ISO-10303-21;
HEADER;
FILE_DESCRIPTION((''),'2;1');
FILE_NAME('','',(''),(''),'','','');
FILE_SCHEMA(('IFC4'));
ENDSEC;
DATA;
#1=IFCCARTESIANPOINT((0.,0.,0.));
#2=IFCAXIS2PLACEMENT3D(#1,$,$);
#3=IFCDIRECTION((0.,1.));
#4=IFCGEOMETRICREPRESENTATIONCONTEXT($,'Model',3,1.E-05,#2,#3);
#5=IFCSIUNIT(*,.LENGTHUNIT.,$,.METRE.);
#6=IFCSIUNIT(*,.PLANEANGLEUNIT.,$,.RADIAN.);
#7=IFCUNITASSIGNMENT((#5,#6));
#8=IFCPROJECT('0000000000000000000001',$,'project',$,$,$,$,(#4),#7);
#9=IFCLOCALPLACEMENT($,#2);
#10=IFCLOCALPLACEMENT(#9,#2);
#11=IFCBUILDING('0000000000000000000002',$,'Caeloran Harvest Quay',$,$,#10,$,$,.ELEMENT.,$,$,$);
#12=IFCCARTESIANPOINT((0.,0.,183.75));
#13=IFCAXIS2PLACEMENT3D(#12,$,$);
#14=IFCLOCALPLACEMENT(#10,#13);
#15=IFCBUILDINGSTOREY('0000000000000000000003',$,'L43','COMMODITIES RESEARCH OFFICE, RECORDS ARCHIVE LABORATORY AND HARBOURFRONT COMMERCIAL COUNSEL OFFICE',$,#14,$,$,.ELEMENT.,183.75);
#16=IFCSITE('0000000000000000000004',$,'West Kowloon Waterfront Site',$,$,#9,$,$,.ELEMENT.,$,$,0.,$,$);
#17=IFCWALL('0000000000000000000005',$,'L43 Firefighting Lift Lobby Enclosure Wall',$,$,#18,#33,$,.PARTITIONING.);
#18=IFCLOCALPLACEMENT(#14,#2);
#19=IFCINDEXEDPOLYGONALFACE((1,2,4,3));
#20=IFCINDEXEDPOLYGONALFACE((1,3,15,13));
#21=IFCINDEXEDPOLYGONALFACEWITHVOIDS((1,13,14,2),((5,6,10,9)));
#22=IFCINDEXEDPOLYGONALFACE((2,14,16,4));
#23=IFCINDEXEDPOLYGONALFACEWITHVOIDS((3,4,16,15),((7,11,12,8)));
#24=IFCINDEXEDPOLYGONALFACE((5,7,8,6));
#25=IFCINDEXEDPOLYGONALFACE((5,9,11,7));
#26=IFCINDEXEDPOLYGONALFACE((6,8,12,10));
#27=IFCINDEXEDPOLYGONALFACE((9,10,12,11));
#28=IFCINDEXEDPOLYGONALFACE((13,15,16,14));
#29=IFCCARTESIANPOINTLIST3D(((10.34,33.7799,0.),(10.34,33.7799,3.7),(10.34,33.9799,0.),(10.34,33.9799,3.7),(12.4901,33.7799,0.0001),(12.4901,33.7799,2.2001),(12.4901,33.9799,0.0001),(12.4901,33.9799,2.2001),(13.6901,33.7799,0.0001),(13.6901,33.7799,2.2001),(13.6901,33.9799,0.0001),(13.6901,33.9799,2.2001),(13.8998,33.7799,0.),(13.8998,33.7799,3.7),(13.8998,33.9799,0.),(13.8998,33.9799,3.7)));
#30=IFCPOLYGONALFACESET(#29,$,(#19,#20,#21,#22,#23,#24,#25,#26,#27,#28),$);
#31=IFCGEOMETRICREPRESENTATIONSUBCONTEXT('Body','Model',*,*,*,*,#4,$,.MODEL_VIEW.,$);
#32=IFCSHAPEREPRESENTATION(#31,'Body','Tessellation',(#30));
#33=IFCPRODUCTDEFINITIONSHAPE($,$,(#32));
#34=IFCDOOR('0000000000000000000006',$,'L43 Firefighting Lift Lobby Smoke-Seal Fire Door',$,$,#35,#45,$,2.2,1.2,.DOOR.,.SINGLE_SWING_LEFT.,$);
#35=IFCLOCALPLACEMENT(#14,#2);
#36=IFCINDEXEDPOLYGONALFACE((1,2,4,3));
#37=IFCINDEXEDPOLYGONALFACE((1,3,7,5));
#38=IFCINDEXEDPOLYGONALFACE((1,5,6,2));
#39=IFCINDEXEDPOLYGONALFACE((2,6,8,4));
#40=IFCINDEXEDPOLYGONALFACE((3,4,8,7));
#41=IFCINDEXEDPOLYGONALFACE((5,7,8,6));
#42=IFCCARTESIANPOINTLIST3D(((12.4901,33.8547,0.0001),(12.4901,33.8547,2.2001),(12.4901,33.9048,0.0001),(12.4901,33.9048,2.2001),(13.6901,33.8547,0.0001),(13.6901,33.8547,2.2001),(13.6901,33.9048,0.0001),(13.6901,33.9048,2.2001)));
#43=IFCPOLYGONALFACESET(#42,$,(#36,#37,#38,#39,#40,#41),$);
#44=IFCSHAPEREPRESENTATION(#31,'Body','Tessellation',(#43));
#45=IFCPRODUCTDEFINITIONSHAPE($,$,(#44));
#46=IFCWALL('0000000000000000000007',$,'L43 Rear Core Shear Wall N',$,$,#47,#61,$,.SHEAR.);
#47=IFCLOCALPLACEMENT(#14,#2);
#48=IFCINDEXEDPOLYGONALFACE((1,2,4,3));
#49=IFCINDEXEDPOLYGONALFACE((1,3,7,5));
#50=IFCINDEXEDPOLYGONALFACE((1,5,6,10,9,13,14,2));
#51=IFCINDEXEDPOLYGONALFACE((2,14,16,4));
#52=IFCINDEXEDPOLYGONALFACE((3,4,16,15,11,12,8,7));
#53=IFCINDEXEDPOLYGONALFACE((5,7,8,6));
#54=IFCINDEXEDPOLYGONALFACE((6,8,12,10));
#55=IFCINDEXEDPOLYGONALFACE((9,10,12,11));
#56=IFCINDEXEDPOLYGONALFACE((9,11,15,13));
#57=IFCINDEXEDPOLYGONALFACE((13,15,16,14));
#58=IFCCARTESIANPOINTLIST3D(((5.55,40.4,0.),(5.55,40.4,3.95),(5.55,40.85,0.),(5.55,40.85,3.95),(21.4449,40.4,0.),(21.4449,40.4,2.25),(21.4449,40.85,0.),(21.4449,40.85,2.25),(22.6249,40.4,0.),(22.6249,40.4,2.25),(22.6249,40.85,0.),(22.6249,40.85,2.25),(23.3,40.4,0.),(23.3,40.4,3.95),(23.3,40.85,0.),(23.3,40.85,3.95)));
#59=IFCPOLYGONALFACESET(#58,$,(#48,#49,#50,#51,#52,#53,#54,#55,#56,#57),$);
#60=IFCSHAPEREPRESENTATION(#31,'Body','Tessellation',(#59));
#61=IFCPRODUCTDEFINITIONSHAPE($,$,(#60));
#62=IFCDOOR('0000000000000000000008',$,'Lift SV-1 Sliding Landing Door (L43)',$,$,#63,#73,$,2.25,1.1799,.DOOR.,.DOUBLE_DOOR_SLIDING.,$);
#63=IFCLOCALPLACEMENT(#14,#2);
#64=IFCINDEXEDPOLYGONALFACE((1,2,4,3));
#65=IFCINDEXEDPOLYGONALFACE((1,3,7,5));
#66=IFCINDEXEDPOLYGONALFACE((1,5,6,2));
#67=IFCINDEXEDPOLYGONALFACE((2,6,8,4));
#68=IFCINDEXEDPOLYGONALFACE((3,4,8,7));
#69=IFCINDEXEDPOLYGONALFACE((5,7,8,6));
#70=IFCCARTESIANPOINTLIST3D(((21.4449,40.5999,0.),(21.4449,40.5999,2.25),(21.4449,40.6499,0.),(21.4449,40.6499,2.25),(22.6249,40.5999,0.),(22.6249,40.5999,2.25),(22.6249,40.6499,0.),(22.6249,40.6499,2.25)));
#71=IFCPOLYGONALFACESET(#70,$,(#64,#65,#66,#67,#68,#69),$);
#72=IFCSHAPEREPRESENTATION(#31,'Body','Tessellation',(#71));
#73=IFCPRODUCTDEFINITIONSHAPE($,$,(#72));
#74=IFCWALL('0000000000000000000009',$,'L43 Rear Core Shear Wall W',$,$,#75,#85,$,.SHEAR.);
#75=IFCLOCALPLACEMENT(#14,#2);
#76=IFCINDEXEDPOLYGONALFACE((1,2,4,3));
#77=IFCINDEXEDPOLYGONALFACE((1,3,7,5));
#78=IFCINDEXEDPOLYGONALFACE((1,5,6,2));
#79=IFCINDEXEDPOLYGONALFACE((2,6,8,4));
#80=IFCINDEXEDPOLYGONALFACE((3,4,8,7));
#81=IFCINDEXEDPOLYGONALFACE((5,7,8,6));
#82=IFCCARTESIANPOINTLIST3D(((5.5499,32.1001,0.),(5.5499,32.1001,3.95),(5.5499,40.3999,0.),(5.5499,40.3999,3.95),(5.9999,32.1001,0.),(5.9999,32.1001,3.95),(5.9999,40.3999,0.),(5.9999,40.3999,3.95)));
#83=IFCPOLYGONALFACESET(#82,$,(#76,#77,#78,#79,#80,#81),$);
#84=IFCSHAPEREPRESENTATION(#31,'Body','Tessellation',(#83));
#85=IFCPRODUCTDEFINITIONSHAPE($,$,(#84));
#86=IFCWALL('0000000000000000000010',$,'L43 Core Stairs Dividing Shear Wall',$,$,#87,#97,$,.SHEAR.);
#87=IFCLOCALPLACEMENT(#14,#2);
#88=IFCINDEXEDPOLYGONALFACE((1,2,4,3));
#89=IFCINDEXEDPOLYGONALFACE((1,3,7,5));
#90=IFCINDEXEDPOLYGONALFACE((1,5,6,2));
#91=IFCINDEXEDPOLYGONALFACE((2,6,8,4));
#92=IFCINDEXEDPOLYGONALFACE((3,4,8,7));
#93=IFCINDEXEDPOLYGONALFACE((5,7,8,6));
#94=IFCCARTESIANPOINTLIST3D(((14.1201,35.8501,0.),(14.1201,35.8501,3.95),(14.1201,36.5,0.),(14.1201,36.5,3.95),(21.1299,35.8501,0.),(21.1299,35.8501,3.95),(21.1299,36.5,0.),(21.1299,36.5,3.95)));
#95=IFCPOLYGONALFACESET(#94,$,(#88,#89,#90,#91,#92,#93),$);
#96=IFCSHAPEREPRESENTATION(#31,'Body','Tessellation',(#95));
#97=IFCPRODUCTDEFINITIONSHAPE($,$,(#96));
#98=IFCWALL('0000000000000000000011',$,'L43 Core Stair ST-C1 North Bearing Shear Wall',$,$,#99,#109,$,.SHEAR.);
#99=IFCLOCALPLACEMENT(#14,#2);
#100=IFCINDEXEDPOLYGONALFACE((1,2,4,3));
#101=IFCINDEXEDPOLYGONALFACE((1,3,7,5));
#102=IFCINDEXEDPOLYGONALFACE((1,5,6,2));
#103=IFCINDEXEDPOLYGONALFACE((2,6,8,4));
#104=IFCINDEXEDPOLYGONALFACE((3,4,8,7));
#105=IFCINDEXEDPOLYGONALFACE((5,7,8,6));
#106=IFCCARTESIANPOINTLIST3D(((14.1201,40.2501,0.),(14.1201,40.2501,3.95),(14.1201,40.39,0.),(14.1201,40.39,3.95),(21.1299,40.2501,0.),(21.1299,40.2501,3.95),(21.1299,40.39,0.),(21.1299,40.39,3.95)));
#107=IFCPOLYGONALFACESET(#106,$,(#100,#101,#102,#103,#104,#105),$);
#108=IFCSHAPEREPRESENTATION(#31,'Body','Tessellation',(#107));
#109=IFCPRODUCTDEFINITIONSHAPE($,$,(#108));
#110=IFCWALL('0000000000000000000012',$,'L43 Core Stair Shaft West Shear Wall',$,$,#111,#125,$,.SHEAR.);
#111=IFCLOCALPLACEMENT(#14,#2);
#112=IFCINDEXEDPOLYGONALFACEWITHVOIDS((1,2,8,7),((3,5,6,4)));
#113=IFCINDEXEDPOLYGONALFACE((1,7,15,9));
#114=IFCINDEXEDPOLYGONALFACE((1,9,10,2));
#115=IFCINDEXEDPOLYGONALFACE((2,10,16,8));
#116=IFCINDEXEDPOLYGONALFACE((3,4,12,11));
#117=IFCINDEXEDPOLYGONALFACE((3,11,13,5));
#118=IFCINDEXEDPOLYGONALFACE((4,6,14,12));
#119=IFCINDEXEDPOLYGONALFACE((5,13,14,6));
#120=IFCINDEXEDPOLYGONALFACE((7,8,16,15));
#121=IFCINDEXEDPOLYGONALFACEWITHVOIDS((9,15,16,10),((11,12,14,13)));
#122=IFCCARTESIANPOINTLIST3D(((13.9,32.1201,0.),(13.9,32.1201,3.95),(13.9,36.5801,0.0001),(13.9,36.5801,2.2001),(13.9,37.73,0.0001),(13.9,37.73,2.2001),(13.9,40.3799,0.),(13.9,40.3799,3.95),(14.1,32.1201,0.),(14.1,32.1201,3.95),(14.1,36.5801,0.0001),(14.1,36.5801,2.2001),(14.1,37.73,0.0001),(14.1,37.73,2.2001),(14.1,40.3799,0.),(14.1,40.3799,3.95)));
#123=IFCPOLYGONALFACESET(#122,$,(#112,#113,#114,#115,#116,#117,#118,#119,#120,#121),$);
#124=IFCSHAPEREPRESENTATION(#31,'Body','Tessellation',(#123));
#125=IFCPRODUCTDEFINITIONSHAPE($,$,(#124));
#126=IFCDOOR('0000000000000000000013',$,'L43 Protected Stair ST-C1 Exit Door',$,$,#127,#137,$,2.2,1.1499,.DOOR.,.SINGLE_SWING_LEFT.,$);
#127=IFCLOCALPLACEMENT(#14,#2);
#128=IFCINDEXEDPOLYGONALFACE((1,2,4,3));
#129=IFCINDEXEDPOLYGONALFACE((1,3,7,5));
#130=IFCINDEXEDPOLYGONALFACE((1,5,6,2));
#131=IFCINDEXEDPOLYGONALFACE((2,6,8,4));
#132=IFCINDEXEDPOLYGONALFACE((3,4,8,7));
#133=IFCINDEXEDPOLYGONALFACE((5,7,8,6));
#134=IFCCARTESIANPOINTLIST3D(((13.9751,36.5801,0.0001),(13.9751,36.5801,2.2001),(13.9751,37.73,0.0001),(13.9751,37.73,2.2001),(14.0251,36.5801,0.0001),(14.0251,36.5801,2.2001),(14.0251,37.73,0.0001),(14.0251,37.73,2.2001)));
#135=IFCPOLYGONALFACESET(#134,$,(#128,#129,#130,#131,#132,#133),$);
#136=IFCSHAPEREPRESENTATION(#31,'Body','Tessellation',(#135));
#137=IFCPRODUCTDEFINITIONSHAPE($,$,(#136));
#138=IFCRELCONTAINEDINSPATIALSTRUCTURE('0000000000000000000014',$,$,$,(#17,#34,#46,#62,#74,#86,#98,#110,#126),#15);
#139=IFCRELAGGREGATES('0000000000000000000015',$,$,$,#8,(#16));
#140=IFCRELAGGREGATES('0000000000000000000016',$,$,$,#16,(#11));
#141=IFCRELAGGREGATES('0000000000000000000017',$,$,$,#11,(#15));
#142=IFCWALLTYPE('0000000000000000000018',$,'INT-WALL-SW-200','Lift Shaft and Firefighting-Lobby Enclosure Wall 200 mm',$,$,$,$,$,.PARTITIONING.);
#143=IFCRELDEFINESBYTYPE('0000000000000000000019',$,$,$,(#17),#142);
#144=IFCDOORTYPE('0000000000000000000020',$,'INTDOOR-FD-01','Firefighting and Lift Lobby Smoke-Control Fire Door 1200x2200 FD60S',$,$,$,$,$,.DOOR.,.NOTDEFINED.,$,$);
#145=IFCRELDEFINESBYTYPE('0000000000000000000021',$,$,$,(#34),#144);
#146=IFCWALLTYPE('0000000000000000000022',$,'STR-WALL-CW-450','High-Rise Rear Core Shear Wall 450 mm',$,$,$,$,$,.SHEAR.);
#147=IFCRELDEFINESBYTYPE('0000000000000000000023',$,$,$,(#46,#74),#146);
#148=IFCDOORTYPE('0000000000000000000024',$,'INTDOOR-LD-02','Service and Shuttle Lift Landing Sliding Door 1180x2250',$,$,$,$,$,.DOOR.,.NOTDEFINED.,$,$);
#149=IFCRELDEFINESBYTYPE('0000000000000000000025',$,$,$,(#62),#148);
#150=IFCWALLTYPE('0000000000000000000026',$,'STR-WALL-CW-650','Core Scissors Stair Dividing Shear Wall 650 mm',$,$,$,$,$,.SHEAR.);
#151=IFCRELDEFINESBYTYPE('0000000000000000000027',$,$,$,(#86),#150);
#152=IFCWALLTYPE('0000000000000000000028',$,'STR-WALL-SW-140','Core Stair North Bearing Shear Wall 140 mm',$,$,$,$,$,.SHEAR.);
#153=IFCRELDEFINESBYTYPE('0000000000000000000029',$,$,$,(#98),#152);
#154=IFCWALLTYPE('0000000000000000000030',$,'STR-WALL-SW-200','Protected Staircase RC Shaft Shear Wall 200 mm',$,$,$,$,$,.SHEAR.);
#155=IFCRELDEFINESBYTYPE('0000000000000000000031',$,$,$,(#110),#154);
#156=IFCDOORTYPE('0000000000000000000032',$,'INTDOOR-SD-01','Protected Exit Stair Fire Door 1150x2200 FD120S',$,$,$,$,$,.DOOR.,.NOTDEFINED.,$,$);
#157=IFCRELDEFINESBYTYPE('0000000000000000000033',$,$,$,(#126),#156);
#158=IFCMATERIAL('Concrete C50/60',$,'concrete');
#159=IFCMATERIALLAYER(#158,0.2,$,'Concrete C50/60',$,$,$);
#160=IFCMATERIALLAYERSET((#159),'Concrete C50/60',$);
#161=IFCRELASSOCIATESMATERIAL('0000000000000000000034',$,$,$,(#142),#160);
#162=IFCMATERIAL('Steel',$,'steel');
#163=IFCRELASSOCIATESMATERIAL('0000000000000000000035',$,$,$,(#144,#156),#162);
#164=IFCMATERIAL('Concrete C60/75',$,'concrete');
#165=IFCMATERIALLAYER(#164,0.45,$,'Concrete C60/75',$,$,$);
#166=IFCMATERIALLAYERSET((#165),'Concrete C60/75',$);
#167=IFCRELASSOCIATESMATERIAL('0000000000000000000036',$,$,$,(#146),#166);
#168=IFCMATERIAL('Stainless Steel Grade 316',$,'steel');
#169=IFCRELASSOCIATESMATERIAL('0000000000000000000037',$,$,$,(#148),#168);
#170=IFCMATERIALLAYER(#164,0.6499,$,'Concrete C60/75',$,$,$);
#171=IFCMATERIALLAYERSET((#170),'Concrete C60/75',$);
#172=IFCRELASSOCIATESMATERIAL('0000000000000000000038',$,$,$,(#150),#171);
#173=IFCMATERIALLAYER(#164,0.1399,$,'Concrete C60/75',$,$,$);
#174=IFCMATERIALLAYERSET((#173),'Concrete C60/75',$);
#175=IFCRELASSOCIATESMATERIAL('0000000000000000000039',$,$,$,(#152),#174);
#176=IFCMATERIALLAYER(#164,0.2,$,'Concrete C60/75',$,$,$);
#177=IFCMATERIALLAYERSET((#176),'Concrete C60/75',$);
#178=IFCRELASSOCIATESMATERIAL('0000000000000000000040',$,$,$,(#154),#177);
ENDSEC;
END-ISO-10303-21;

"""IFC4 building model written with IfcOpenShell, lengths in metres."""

from ifc_helpers import new_model, si_unit, direction, frame, frame_2d, origin, place, context, subcontext, project, spatial, rectangle, extrude, material, layer, layer_set, type_object, element, fill, save


model = new_model("IFC4")

# Units and contexts
model_context = context("Model", 3, precision=1e-05, world=origin(), true_north=direction((0.0, 1.0)))
body_context = subcontext(model_context, "Body", "Model", "MODEL_VIEW")
ifc_project = project(units=[si_unit("LENGTHUNIT", "METRE"), si_unit("PLANEANGLEUNIT", "RADIAN")], contexts=[model_context])

# Site, building, storey
site_placement = place(None, origin())
site = spatial("IfcSite", under=ifc_project, at=site_placement, Name="West Kowloon Waterfront Site", CompositionType="ELEMENT", RefElevation=0.0)
building_placement = place(site_placement, origin())
building = spatial("IfcBuilding", under=site, at=building_placement, Name="Caeloran Harvest Quay", CompositionType="ELEMENT")
storey_placement = place(building_placement, frame((0.0, 0.0, 183.75)))
storey = spatial("IfcBuildingStorey", under=building, at=storey_placement, Name="L43", Description="COMMODITIES RESEARCH OFFICE, RECORDS ARCHIVE LABORATORY AND HARBOURFRONT COMMERCIAL COUNSEL OFFICE", CompositionType="ELEMENT", Elevation=183.75)

# Shared definitions
ifc_material_1 = material(Name="Concrete C50/60", Category="concrete")
ifc_layer_1 = layer(ifc_material_1, 0.2, Name="Concrete C50/60")
ifc_layer_set_1 = layer_set([ifc_layer_1], Name="Concrete C50/60")
wall_type_1 = type_object("IfcWallType", Name="INT-WALL-SW-200", Description="Lift Shaft and Firefighting-Lobby Enclosure Wall 200 mm", PredefinedType="PARTITIONING", material=ifc_layer_set_1)
ifc_material_2 = material(Name="Stainless Steel Grade 316", Category="steel")

# Walls, openings, doors
wall_1_placement = place(storey_placement, frame((10.3401, 33.8799, 0.0), z_axis=(0.0, 0.0, 1.0), x_axis=(1.0, 0.0, 0.0)))
wall_1 = element("IfcWall", 1, at=wall_1_placement, inside=storey, type_object=wall_type_1, Name="L43 Firefighting Lift Lobby Enclosure Wall", PredefinedType="PARTITIONING", context=body_context, shape_type="SweptSolid", body=[
    extrude(rectangle(XDim=3.5598, YDim=0.2, at=frame_2d((1.7798, 0.0))), origin(), (0.0, 0.0, 1.0), 3.7),
])
opening_1_placement = place(wall_1_placement, frame((2.1499, 0.0, 0.0)))
opening_1 = element("IfcOpeningElement", 2, at=opening_1_placement, cuts=wall_1, PredefinedType="OPENING", context=body_context, shape_type="SweptSolid", body=[
    extrude(rectangle(XDim=1.2, YDim=2.2, at=frame_2d((0.6001, 1.1001))), frame((0.0, 0.1099, 0.0), z_axis=(0.0, -1.0, 0.0), x_axis=(1.0, 0.0, 0.0)), (0.0, 0.0, 1.0), 0.22),
])
ifc_material_3 = material(Name="Steel", Category="steel")
door_type_1 = type_object("IfcDoorType", Name="INTDOOR-FD-01", Description="Firefighting and Lift Lobby Smoke-Control Fire Door 1200x2200 FD60S", OperationType="NOTDEFINED", PredefinedType="DOOR", material=ifc_material_3)
door_1_placement = place(opening_1_placement, origin())
door_1 = element("IfcDoor", 3, at=door_1_placement, inside=storey, type_object=door_type_1, Name="L43 Firefighting Lift Lobby Smoke-Seal Fire Door", OperationType="SINGLE_SWING_LEFT", OverallHeight=2.2, OverallWidth=1.2, PredefinedType="DOOR", context=body_context, shape_type="SweptSolid", body=[
    extrude(rectangle(XDim=1.2, YDim=2.2, at=frame_2d((0.6001, 1.1001))), frame((0.0, 0.0249, 0.0), z_axis=(0.0, -1.0, 0.0), x_axis=(1.0, 0.0, 0.0)), (0.0, 0.0, 1.0), 0.05),
])
fill(opening_1, door_1)
ifc_material_4 = material(Name="Concrete C60/75", Category="concrete")
ifc_layer_2 = layer(ifc_material_4, 0.45, Name="Concrete C60/75")
ifc_layer_set_2 = layer_set([ifc_layer_2], Name="Concrete C60/75")
wall_type_2 = type_object("IfcWallType", Name="STR-WALL-CW-450", Description="High-Rise Rear Core Shear Wall 450 mm", PredefinedType="SHEAR", material=ifc_layer_set_2)
wall_2_placement = place(storey_placement, frame((5.55, 40.625, 0.0), z_axis=(0.0, 0.0, 1.0), x_axis=(1.0, 0.0, 0.0)))
wall_2 = element("IfcWall", 4, at=wall_2_placement, inside=storey, type_object=wall_type_2, Name="L43 Rear Core Shear Wall N", PredefinedType="SHEAR", context=body_context, shape_type="SweptSolid", body=[
    extrude(rectangle(XDim=17.75, YDim=0.45, at=frame_2d((8.875, 0.0))), origin(), (0.0, 0.0, 1.0), 3.95),
])
opening_2_placement = place(wall_2_placement, frame((15.895, 0.0, 0.0)))
opening_2 = element("IfcOpeningElement", 5, at=opening_2_placement, cuts=wall_2, PredefinedType="OPENING", context=body_context, shape_type="SweptSolid", body=[
    extrude(rectangle(XDim=1.1799, YDim=2.25, at=frame_2d((0.5898, 1.125))), frame((0.0, 0.2349, 0.0), z_axis=(0.0, -1.0, 0.0), x_axis=(1.0, 0.0, 0.0)), (0.0, 0.0, 1.0), 0.47),
])
door_type_2 = type_object("IfcDoorType", Name="INTDOOR-LD-02", Description="Service and Shuttle Lift Landing Sliding Door 1180x2250", OperationType="NOTDEFINED", PredefinedType="DOOR", material=ifc_material_2)
door_2_placement = place(opening_2_placement, origin())
door_2 = element("IfcDoor", 6, at=door_2_placement, inside=storey, type_object=door_type_2, Name="Lift SV-1 Sliding Landing Door (L43)", OperationType="DOUBLE_DOOR_SLIDING", OverallHeight=2.25, OverallWidth=1.1799, PredefinedType="DOOR", context=body_context, shape_type="SweptSolid", body=[
    extrude(rectangle(XDim=1.1799, YDim=2.25, at=frame_2d((0.5898, 1.125))), frame((0.0, 0.0249, 0.0), z_axis=(0.0, -1.0, 0.0), x_axis=(1.0, 0.0, 0.0)), (0.0, 0.0, 1.0), 0.05),
])
fill(opening_2, door_2)

# Walls
wall_3_placement = place(storey_placement, frame((5.7749, 32.1001, 0.0), z_axis=(0.0, 0.0, 1.0), x_axis=(0.0, 1.0, 0.0)))
element("IfcWall", 7, at=wall_3_placement, inside=storey, type_object=wall_type_2, Name="L43 Rear Core Shear Wall W", PredefinedType="SHEAR", context=body_context, shape_type="SweptSolid", body=[
    extrude(rectangle(XDim=8.2998, YDim=0.45, at=frame_2d((4.1499, 0.0))), origin(), (0.0, 0.0, 1.0), 3.95),
])
ifc_layer_3 = layer(ifc_material_4, 0.6499, Name="Concrete C60/75")
ifc_layer_set_3 = layer_set([ifc_layer_3], Name="Concrete C60/75")
wall_type_3 = type_object("IfcWallType", Name="STR-WALL-CW-650", Description="Core Scissors Stair Dividing Shear Wall 650 mm", PredefinedType="SHEAR", material=ifc_layer_set_3)
wall_4_placement = place(storey_placement, frame((14.1201, 36.175, 0.0), z_axis=(0.0, 0.0, 1.0), x_axis=(1.0, 0.0, 0.0)))
element("IfcWall", 8, at=wall_4_placement, inside=storey, type_object=wall_type_3, Name="L43 Core Stairs Dividing Shear Wall", PredefinedType="SHEAR", context=body_context, shape_type="SweptSolid", body=[
    extrude(rectangle(XDim=7.0098, YDim=0.6499, at=frame_2d((3.5049, 0.0))), origin(), (0.0, 0.0, 1.0), 3.95),
])
ifc_layer_4 = layer(ifc_material_4, 0.1399, Name="Concrete C60/75")
ifc_layer_set_4 = layer_set([ifc_layer_4], Name="Concrete C60/75")
wall_type_4 = type_object("IfcWallType", Name="STR-WALL-SW-140", Description="Core Stair North Bearing Shear Wall 140 mm", PredefinedType="SHEAR", material=ifc_layer_set_4)
wall_5_placement = place(storey_placement, frame((14.1201, 40.3201, 0.0), z_axis=(0.0, 0.0, 1.0), x_axis=(1.0, 0.0, 0.0)))
element("IfcWall", 9, at=wall_5_placement, inside=storey, type_object=wall_type_4, Name="L43 Core Stair ST-C1 North Bearing Shear Wall", PredefinedType="SHEAR", context=body_context, shape_type="SweptSolid", body=[
    extrude(rectangle(XDim=7.0098, YDim=0.1399, at=frame_2d((3.5049, 0.0))), origin(), (0.0, 0.0, 1.0), 3.95),
])

# Wall, opening, door
ifc_layer_5 = layer(ifc_material_4, 0.2, Name="Concrete C60/75")
ifc_layer_set_5 = layer_set([ifc_layer_5], Name="Concrete C60/75")
wall_type_5 = type_object("IfcWallType", Name="STR-WALL-SW-200", Description="Protected Staircase RC Shaft Shear Wall 200 mm", PredefinedType="SHEAR", material=ifc_layer_set_5)
wall_6_placement = place(storey_placement, frame((14.0, 32.1201, 0.0), z_axis=(0.0, 0.0, 1.0), x_axis=(0.0, 1.0, 0.0)))
wall_6 = element("IfcWall", 10, at=wall_6_placement, inside=storey, type_object=wall_type_5, Name="L43 Core Stair Shaft West Shear Wall", PredefinedType="SHEAR", context=body_context, shape_type="SweptSolid", body=[
    extrude(rectangle(XDim=8.2598, YDim=0.2, at=frame_2d((4.1299, 0.0))), origin(), (0.0, 0.0, 1.0), 3.95),
])
opening_3_placement = place(wall_6_placement, frame((4.46, 0.0, 0.0)))
opening_3 = element("IfcOpeningElement", 11, at=opening_3_placement, cuts=wall_6, PredefinedType="OPENING", context=body_context, shape_type="SweptSolid", body=[
    extrude(rectangle(XDim=1.1499, YDim=2.2, at=frame_2d((0.575, 1.1001))), frame((0.0, 0.1099, 0.0), z_axis=(0.0, -1.0, 0.0), x_axis=(1.0, 0.0, 0.0)), (0.0, 0.0, 1.0), 0.22),
])
door_type_3 = type_object("IfcDoorType", Name="INTDOOR-SD-01", Description="Protected Exit Stair Fire Door 1150x2200 FD120S", OperationType="NOTDEFINED", PredefinedType="DOOR", material=ifc_material_3)
door_3_placement = place(opening_3_placement, origin())
door_3 = element("IfcDoor", 12, at=door_3_placement, inside=storey, type_object=door_type_3, Name="L43 Protected Stair ST-C1 Exit Door", OperationType="SINGLE_SWING_LEFT", OverallHeight=2.2, OverallWidth=1.1499, PredefinedType="DOOR", context=body_context, shape_type="SweptSolid", body=[
    extrude(rectangle(XDim=1.1499, YDim=2.2, at=frame_2d((0.575, 1.1001))), frame((0.0, 0.0249, 0.0), z_axis=(0.0, -1.0, 0.0), x_axis=(1.0, 0.0, 0.0)), (0.0, 0.0, 1.0), 0.05),
])
fill(opening_3, door_3)

save(model, "model.ifc")
